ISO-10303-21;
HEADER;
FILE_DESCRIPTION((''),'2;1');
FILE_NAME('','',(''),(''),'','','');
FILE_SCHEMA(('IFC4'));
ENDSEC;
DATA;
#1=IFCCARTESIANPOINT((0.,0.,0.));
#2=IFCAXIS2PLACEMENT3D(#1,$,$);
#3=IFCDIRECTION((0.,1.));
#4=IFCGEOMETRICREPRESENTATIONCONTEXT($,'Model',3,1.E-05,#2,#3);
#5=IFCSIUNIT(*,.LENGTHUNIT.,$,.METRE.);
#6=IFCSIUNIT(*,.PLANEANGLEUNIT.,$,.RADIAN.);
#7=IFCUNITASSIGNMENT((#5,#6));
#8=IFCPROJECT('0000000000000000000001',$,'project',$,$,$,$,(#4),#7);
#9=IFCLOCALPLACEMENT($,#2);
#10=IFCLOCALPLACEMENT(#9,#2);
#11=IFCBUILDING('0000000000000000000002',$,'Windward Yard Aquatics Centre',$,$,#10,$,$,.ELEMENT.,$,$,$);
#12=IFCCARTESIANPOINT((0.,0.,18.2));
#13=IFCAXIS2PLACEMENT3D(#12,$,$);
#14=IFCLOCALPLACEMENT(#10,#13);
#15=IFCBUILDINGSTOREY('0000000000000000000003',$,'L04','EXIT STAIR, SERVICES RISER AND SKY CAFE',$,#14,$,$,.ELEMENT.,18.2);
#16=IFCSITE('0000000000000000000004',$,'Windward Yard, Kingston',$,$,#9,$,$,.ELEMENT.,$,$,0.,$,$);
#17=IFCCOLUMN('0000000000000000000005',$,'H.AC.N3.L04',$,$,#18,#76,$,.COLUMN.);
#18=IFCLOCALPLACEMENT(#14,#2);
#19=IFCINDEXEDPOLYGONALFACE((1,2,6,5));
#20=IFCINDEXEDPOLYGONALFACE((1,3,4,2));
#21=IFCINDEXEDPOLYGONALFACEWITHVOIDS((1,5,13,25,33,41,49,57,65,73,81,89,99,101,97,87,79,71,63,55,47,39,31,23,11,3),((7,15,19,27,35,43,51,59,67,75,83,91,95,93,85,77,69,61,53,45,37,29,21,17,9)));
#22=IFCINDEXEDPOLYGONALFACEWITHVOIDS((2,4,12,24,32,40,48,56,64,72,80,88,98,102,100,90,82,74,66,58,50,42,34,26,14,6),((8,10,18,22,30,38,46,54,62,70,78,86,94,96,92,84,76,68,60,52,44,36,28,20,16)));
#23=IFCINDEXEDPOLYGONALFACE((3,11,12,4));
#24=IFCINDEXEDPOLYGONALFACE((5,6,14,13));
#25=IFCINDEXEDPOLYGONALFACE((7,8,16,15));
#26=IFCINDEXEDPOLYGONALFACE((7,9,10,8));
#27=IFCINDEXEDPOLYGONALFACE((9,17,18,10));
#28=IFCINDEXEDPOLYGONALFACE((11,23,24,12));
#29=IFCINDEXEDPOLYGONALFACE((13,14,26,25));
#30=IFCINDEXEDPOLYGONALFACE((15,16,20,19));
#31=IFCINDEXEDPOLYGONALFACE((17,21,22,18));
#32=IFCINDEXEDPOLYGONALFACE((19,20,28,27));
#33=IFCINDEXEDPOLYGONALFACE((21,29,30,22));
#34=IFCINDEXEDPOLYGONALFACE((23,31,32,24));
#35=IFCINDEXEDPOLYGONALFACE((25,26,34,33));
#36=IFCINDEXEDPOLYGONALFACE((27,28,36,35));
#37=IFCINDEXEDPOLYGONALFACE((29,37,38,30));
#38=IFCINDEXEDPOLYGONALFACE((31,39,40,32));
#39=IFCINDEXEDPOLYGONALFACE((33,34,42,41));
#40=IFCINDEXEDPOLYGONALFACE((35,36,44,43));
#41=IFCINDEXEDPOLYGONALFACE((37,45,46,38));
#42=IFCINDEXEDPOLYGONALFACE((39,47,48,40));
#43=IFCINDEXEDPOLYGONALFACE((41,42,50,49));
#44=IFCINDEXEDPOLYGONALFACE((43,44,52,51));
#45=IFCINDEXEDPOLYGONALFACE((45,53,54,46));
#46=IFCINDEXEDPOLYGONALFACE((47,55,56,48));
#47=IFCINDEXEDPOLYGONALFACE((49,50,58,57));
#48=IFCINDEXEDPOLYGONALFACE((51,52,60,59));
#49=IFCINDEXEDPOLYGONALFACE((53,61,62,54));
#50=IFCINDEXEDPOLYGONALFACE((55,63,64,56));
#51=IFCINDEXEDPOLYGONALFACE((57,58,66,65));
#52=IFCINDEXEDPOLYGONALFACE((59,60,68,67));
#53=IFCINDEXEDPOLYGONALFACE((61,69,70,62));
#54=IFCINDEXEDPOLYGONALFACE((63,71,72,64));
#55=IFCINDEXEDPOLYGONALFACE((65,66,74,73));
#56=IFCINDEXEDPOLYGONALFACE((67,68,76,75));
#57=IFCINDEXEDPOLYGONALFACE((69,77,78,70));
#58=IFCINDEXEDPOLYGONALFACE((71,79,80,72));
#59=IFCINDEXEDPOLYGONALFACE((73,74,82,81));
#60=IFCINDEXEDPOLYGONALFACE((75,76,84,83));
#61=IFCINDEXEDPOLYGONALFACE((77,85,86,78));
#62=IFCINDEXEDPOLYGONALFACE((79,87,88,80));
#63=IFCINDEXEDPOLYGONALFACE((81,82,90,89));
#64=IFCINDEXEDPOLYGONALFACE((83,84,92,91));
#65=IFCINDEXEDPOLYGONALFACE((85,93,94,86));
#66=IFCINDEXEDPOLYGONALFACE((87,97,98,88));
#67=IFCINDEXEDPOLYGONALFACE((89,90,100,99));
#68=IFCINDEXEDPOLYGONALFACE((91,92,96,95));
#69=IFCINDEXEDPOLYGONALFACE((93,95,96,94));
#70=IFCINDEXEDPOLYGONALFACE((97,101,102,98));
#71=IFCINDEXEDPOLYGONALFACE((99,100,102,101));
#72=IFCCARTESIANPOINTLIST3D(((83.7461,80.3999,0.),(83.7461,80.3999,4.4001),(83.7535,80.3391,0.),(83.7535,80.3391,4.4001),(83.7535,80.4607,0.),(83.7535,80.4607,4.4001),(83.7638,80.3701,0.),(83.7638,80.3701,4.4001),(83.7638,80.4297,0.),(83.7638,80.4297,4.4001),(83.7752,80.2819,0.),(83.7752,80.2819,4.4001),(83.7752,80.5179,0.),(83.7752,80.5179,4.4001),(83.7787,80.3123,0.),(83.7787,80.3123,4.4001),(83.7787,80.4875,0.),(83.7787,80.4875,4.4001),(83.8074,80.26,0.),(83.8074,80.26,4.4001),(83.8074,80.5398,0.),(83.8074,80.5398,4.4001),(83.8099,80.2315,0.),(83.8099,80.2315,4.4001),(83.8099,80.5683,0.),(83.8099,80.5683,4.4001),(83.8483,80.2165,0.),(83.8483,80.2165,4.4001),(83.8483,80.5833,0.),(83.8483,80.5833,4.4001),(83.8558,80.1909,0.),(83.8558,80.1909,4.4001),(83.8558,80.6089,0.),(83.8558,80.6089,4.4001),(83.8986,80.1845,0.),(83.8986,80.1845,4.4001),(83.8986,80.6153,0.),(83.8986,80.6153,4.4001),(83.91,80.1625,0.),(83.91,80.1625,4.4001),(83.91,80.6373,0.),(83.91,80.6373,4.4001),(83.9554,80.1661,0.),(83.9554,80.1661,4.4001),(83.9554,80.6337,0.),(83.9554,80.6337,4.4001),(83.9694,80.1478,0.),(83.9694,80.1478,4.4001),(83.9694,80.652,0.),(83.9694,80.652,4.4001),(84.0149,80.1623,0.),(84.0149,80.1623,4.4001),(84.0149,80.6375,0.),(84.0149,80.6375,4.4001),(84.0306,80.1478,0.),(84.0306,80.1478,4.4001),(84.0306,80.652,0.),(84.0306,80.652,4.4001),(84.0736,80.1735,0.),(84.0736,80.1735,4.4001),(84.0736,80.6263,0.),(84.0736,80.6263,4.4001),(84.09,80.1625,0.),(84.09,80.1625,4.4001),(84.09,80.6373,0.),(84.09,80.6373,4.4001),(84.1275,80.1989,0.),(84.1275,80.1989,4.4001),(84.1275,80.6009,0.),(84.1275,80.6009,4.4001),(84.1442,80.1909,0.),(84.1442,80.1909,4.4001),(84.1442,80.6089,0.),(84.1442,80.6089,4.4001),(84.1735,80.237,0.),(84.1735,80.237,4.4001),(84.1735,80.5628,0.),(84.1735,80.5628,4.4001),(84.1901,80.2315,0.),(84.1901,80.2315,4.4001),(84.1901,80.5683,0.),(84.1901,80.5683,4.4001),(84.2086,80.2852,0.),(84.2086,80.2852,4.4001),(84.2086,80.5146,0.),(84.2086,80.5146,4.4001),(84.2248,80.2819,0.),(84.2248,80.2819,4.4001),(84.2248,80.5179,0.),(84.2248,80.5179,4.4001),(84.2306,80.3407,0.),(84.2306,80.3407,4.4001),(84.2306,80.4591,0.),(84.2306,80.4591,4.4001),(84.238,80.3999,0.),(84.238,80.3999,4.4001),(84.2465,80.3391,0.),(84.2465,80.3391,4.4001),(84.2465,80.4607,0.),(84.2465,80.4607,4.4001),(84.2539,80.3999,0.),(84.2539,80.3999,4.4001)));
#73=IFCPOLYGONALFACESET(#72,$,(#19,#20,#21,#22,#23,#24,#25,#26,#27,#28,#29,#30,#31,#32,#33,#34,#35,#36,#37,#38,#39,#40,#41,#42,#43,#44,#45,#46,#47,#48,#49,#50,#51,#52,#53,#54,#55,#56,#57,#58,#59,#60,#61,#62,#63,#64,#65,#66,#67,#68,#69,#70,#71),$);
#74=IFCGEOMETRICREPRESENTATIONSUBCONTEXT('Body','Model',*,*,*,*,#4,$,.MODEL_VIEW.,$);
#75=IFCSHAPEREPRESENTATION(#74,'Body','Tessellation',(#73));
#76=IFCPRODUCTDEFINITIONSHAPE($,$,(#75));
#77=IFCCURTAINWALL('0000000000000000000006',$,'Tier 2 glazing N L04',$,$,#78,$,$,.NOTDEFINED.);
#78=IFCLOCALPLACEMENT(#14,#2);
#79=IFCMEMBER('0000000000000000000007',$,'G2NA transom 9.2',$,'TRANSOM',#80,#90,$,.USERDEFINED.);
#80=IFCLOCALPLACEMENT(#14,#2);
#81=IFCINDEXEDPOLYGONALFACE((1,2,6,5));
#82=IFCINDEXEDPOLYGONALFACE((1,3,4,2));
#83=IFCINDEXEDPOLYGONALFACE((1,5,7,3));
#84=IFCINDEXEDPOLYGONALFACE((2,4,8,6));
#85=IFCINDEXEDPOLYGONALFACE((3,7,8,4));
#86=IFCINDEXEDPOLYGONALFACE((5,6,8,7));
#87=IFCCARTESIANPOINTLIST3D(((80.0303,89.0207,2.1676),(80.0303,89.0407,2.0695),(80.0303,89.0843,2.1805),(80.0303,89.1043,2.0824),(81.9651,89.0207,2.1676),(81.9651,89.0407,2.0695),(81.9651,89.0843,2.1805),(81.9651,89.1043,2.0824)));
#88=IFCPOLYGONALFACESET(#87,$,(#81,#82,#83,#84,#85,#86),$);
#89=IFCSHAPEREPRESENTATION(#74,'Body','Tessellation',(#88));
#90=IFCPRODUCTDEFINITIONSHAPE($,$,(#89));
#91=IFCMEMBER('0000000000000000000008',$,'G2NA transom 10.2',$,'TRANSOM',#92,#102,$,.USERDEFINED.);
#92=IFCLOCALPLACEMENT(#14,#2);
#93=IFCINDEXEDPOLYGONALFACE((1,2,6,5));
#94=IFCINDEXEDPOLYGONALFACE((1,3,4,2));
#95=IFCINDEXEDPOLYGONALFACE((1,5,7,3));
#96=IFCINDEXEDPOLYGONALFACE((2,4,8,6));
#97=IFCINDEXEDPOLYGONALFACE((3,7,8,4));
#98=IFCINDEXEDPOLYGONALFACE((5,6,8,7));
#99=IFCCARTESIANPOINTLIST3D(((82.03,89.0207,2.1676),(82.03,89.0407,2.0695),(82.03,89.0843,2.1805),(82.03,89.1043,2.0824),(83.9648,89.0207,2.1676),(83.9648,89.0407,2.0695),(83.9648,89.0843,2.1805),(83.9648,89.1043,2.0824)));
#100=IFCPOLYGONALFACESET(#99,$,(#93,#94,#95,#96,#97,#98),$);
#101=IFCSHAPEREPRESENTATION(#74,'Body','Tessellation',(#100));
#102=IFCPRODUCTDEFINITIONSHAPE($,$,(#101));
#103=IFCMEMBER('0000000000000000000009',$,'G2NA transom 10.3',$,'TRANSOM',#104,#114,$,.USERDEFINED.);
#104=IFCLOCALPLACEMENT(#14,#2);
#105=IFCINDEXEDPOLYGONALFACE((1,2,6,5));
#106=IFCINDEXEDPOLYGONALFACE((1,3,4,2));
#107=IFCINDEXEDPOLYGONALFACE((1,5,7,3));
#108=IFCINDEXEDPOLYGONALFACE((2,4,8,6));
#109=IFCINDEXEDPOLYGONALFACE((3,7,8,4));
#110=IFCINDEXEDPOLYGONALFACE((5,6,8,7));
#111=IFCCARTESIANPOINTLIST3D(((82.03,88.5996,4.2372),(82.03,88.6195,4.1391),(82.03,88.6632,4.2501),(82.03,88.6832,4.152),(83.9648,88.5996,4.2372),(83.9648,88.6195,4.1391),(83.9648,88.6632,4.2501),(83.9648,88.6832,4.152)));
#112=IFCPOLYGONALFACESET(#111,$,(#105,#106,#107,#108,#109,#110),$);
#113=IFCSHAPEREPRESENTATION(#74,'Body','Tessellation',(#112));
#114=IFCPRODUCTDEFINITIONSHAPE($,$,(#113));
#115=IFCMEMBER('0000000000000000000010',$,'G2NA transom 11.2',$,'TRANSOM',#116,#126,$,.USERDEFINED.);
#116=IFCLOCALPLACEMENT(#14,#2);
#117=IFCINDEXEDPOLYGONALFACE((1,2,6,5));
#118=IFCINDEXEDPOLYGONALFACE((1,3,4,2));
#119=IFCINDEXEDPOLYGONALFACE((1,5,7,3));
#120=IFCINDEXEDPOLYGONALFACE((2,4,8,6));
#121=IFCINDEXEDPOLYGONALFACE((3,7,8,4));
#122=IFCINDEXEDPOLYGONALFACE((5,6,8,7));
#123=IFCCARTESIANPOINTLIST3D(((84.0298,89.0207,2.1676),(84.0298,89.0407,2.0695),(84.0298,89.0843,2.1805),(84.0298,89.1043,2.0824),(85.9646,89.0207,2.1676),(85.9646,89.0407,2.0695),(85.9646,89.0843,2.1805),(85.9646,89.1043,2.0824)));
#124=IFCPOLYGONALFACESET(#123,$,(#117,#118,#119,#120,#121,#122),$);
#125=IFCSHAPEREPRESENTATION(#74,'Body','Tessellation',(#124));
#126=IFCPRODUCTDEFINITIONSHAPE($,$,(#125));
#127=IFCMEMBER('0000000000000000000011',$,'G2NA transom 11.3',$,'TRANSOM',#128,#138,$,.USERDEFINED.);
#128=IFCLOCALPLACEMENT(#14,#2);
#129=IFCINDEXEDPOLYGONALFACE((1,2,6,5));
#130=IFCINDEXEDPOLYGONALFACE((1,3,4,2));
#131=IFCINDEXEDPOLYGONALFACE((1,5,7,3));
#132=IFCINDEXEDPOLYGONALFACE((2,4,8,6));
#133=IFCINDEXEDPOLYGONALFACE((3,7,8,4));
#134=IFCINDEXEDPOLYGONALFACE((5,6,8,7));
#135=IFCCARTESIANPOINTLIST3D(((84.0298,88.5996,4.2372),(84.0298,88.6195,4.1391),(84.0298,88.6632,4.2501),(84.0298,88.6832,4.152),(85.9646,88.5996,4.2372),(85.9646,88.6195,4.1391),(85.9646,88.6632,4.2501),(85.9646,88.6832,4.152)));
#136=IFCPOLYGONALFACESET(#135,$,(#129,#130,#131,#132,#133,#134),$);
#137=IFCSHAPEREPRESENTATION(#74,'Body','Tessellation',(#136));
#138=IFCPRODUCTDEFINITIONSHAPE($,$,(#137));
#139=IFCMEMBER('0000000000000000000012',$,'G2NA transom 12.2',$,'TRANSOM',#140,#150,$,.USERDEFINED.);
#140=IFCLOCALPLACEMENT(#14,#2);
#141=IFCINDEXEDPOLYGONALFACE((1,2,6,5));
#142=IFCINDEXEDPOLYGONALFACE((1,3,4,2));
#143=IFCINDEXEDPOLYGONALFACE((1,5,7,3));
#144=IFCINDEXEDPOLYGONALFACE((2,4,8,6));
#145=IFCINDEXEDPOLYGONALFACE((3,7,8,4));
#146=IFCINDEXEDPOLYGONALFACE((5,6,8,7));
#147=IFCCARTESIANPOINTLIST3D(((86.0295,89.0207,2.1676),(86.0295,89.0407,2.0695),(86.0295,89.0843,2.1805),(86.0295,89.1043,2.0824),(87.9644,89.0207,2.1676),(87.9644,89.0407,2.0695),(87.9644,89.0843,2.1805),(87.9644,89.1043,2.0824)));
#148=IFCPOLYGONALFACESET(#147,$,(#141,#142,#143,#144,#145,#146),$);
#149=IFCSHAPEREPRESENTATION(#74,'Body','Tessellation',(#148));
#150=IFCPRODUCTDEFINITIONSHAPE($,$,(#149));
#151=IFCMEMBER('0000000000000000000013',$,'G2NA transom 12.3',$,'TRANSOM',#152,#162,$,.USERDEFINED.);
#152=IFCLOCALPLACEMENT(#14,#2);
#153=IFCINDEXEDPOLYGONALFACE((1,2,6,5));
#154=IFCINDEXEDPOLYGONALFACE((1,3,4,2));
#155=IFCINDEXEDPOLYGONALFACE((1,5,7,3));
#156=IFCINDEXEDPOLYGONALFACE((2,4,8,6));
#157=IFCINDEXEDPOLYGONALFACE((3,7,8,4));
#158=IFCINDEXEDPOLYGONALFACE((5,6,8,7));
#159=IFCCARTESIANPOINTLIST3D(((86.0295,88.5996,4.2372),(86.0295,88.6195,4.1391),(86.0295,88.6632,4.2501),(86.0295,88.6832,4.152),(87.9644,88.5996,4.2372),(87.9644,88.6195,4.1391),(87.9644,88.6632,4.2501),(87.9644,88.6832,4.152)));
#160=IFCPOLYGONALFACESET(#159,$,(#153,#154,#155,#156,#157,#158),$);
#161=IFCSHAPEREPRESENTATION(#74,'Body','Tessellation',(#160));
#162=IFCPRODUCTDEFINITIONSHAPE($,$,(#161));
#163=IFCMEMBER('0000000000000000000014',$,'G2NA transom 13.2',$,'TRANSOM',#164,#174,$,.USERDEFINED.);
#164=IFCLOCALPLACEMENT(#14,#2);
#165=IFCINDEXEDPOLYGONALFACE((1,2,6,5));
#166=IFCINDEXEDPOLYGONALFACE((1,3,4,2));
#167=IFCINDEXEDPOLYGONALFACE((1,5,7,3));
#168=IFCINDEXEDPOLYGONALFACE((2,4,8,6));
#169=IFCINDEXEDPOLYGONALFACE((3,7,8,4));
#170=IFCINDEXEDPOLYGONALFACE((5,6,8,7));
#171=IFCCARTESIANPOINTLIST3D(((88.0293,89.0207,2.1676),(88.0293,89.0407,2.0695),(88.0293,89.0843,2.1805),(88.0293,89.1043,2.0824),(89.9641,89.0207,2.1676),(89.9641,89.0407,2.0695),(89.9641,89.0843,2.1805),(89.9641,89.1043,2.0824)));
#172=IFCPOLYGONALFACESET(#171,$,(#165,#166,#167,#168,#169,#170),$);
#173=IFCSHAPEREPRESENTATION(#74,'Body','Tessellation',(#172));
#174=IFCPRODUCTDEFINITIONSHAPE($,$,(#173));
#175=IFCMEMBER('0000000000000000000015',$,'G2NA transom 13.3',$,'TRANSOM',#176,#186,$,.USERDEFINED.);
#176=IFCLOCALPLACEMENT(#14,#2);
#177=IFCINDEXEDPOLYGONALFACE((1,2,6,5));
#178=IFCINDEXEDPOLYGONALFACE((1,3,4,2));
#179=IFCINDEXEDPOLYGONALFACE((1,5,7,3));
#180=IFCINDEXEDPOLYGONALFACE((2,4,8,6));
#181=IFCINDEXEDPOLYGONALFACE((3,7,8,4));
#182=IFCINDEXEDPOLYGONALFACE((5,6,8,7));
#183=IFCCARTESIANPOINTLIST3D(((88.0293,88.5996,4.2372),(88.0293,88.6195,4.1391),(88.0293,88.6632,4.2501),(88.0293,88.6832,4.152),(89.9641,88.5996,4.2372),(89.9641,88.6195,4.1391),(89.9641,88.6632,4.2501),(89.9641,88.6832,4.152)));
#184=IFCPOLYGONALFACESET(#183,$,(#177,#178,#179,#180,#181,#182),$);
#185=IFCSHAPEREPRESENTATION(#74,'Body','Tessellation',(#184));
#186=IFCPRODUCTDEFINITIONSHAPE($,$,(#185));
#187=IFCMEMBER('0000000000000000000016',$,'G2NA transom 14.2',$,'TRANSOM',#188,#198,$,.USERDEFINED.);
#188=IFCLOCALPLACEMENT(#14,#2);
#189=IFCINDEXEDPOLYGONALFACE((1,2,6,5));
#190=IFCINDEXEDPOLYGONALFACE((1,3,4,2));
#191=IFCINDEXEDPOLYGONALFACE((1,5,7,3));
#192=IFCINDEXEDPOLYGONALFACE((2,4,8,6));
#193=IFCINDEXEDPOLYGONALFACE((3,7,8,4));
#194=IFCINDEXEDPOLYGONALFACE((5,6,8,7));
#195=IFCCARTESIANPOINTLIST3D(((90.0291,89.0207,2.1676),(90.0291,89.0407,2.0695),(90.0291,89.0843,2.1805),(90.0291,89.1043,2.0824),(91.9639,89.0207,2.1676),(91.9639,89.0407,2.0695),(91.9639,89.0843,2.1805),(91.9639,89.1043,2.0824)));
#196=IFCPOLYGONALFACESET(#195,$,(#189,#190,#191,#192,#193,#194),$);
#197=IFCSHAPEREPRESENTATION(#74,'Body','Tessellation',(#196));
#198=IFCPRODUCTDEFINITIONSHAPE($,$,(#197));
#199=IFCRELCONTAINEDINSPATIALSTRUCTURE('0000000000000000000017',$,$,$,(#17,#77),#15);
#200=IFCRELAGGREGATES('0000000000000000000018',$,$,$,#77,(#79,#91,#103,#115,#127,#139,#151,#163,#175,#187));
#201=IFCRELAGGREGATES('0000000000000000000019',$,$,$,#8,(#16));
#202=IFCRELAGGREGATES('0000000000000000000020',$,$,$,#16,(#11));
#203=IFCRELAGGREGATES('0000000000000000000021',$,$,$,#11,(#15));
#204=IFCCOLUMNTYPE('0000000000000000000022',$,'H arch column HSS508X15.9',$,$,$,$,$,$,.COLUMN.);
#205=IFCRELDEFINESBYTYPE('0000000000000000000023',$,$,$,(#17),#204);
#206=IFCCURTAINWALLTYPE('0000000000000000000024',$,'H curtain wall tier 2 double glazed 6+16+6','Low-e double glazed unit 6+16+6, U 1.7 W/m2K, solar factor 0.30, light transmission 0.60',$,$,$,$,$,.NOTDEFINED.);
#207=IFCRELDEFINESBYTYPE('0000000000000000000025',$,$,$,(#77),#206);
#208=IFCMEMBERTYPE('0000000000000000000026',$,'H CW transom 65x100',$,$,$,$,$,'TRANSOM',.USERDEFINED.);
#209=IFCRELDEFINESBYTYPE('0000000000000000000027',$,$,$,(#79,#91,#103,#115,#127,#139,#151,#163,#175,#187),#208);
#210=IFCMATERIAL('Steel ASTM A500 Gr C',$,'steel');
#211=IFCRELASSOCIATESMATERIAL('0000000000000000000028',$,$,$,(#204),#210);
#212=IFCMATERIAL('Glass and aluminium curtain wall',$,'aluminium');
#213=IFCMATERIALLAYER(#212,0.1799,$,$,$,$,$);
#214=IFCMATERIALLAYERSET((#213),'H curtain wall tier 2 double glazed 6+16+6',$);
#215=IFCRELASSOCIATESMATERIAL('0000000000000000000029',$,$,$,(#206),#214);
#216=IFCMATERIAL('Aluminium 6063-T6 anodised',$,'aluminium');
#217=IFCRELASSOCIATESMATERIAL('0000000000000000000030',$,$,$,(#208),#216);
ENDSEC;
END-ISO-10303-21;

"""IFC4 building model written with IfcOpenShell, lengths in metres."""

from ifc_helpers import new_model, si_unit, direction, frame, origin, origin_2d, place, context, subcontext, project, spatial, rectangle, hollow_circle, extrude, material, layer, layer_set, material_profile, profile_set, type_object, element, aggregate, save


model = new_model("IFC4")

# Units and contexts
model_context = context("Model", 3, precision=1e-05, world=origin(), true_north=direction((0.0, 1.0)))
body_context = subcontext(model_context, "Body", "Model", "MODEL_VIEW")
ifc_project = project(units=[si_unit("LENGTHUNIT", "METRE"), si_unit("PLANEANGLEUNIT", "RADIAN")], contexts=[model_context])

# Site, building, storey
site_placement = place(None, origin())
site = spatial("IfcSite", under=ifc_project, at=site_placement, Name="Windward Yard, Kingston", CompositionType="ELEMENT", RefElevation=0.0)
building_placement = place(site_placement, origin())
building = spatial("IfcBuilding", under=site, at=building_placement, Name="Windward Yard Aquatics Centre", CompositionType="ELEMENT")
storey_placement = place(building_placement, frame((0.0, 0.0, 18.2)))
storey = spatial("IfcBuildingStorey", under=building, at=storey_placement, Name="L04", Description="EXIT STAIR, SERVICES RISER AND SKY CAFE", CompositionType="ELEMENT", Elevation=18.2)

# Column
ifc_material_1 = material(Name="Steel ASTM A500 Gr C", Category="steel")
ifc_material_profile_1 = material_profile(ifc_material_1, hollow_circle(Radius=0.2539, WallThickness=0.0159, at=origin_2d()), Name="HSS508X15.9")
ifc_profile_set_1 = profile_set([ifc_material_profile_1], Name="Steel ASTM A500 Gr C")
column_type = type_object("IfcColumnType", Name="H arch column HSS508X15.9", PredefinedType="COLUMN", material=ifc_profile_set_1)
column_placement = place(storey_placement, frame((84.0, 80.3999, 0.0), z_axis=(0.0, 0.0, 1.0), x_axis=(1.0, 0.0, 0.0)))
element("IfcColumn", 1, at=column_placement, inside=storey, type_object=column_type, Name="H.AC.N3.L04", PredefinedType="COLUMN", context=body_context, shape_type="SweptSolid", body=[
    extrude(hollow_circle(Radius=0.2539, WallThickness=0.0159, at=origin_2d()), origin(), (0.0, 0.0, 1.0), 4.4001),
])

# Curtain wall, members
ifc_material_2 = material(Name="Glass and aluminium curtain wall", Category="aluminium")
ifc_layer_1 = layer(ifc_material_2, 0.1799)
ifc_layer_set_1 = layer_set([ifc_layer_1], Name="H curtain wall tier 2 double glazed 6+16+6")
curtain_wall_type = type_object("IfcCurtainWallType", Name="H curtain wall tier 2 double glazed 6+16+6", Description="Low-e double glazed unit 6+16+6, U 1.7 W/m2K, solar factor 0.30, light transmission 0.60", PredefinedType="NOTDEFINED", material=ifc_layer_set_1)
curtain_wall_placement = place(storey_placement, origin())
curtain_wall = element("IfcCurtainWall", 2, at=curtain_wall_placement, inside=storey, type_object=curtain_wall_type, Name="Tier 2 glazing N L04", PredefinedType="NOTDEFINED")
ifc_material_3 = material(Name="Aluminium 6063-T6 anodised", Category="aluminium")
ifc_material_profile_2 = material_profile(ifc_material_3, rectangle(XDim=0.0649, YDim=0.1001, at=origin_2d()), Name="H CW transom 65x100")
ifc_profile_set_2 = profile_set([ifc_material_profile_2], Name="Aluminium 6063-T6 anodised")
member_type = type_object("IfcMemberType", Name="H CW transom 65x100", ElementType="TRANSOM", PredefinedType="USERDEFINED", material=ifc_profile_set_2)
member_1_placement = place(storey_placement, frame((80.0303, 89.0625, 2.125), z_axis=(1.0, 0.0, 0.0), x_axis=(0.0, 0.979925, 0.199368)))
member_1 = element("IfcMember", 3, at=member_1_placement, type_object=member_type, Name="G2NA transom 9.2", ObjectType="TRANSOM", PredefinedType="USERDEFINED", context=body_context, shape_type="SweptSolid", body=[
    extrude(rectangle(XDim=0.0649, YDim=0.1001, at=origin_2d()), origin(), (0.0, 0.0, 1.0), 1.9348),
])
member_2_placement = place(storey_placement, frame((82.03, 89.0625, 2.125), z_axis=(1.0, 0.0, 0.0), x_axis=(0.0, 0.979925, 0.199368)))
member_2 = element("IfcMember", 4, at=member_2_placement, type_object=member_type, Name="G2NA transom 10.2", ObjectType="TRANSOM", PredefinedType="USERDEFINED", context=body_context, shape_type="SweptSolid", body=[
    extrude(rectangle(XDim=0.0649, YDim=0.1001, at=origin_2d()), origin(), (0.0, 0.0, 1.0), 1.9348),
])
member_3_placement = place(storey_placement, frame((82.03, 88.6414, 4.1946), z_axis=(1.0, 0.0, 0.0), x_axis=(0.0, 0.979925, 0.199368)))
member_3 = element("IfcMember", 5, at=member_3_placement, type_object=member_type, Name="G2NA transom 10.3", ObjectType="TRANSOM", PredefinedType="USERDEFINED", context=body_context, shape_type="SweptSolid", body=[
    extrude(rectangle(XDim=0.0649, YDim=0.1001, at=origin_2d()), origin(), (0.0, 0.0, 1.0), 1.9348),
])
member_4_placement = place(storey_placement, frame((84.0298, 89.0625, 2.125), z_axis=(1.0, 0.0, 0.0), x_axis=(0.0, 0.979925, 0.199368)))
member_4 = element("IfcMember", 6, at=member_4_placement, type_object=member_type, Name="G2NA transom 11.2", ObjectType="TRANSOM", PredefinedType="USERDEFINED", context=body_context, shape_type="SweptSolid", body=[
    extrude(rectangle(XDim=0.0649, YDim=0.1001, at=origin_2d()), origin(), (0.0, 0.0, 1.0), 1.9348),
])
member_5_placement = place(storey_placement, frame((84.0298, 88.6414, 4.1946), z_axis=(1.0, 0.0, 0.0), x_axis=(0.0, 0.979925, 0.199368)))
member_5 = element("IfcMember", 7, at=member_5_placement, type_object=member_type, Name="G2NA transom 11.3", ObjectType="TRANSOM", PredefinedType="USERDEFINED", context=body_context, shape_type="SweptSolid", body=[
    extrude(rectangle(XDim=0.0649, YDim=0.1001, at=origin_2d()), origin(), (0.0, 0.0, 1.0), 1.9348),
])
member_6_placement = place(storey_placement, frame((86.0295, 89.0625, 2.125), z_axis=(1.0, 0.0, 0.0), x_axis=(0.0, 0.979925, 0.199368)))
member_6 = element("IfcMember", 8, at=member_6_placement, type_object=member_type, Name="G2NA transom 12.2", ObjectType="TRANSOM", PredefinedType="USERDEFINED", context=body_context, shape_type="SweptSolid", body=[
    extrude(rectangle(XDim=0.0649, YDim=0.1001, at=origin_2d()), origin(), (0.0, 0.0, 1.0), 1.9348),
])
member_7_placement = place(storey_placement, frame((86.0295, 88.6414, 4.1946), z_axis=(1.0, 0.0, 0.0), x_axis=(0.0, 0.979925, 0.199368)))
member_7 = element("IfcMember", 9, at=member_7_placement, type_object=member_type, Name="G2NA transom 12.3", ObjectType="TRANSOM", PredefinedType="USERDEFINED", context=body_context, shape_type="SweptSolid", body=[
    extrude(rectangle(XDim=0.0649, YDim=0.1001, at=origin_2d()), origin(), (0.0, 0.0, 1.0), 1.9348),
])
member_8_placement = place(storey_placement, frame((88.0293, 89.0625, 2.125), z_axis=(1.0, 0.0, 0.0), x_axis=(0.0, 0.979925, 0.199368)))
member_8 = element("IfcMember", 10, at=member_8_placement, type_object=member_type, Name="G2NA transom 13.2", ObjectType="TRANSOM", PredefinedType="USERDEFINED", context=body_context, shape_type="SweptSolid", body=[
    extrude(rectangle(XDim=0.0649, YDim=0.1001, at=origin_2d()), origin(), (0.0, 0.0, 1.0), 1.9348),
])
member_9_placement = place(storey_placement, frame((88.0293, 88.6414, 4.1946), z_axis=(1.0, 0.0, 0.0), x_axis=(0.0, 0.979925, 0.199368)))
member_9 = element("IfcMember", 11, at=member_9_placement, type_object=member_type, Name="G2NA transom 13.3", ObjectType="TRANSOM", PredefinedType="USERDEFINED", context=body_context, shape_type="SweptSolid", body=[
    extrude(rectangle(XDim=0.0649, YDim=0.1001, at=origin_2d()), origin(), (0.0, 0.0, 1.0), 1.9348),
])
member_10_placement = place(storey_placement, frame((90.0291, 89.0625, 2.125), z_axis=(1.0, 0.0, 0.0), x_axis=(0.0, 0.979925, 0.199368)))
member_10 = element("IfcMember", 12, at=member_10_placement, type_object=member_type, Name="G2NA transom 14.2", ObjectType="TRANSOM", PredefinedType="USERDEFINED", context=body_context, shape_type="SweptSolid", body=[
    extrude(rectangle(XDim=0.0649, YDim=0.1001, at=origin_2d()), origin(), (0.0, 0.0, 1.0), 1.9348),
])

aggregate(curtain_wall, [member_1, member_2, member_3, member_4, member_5, member_6, member_7, member_8, member_9, member_10])

save(model, "model.ifc")
